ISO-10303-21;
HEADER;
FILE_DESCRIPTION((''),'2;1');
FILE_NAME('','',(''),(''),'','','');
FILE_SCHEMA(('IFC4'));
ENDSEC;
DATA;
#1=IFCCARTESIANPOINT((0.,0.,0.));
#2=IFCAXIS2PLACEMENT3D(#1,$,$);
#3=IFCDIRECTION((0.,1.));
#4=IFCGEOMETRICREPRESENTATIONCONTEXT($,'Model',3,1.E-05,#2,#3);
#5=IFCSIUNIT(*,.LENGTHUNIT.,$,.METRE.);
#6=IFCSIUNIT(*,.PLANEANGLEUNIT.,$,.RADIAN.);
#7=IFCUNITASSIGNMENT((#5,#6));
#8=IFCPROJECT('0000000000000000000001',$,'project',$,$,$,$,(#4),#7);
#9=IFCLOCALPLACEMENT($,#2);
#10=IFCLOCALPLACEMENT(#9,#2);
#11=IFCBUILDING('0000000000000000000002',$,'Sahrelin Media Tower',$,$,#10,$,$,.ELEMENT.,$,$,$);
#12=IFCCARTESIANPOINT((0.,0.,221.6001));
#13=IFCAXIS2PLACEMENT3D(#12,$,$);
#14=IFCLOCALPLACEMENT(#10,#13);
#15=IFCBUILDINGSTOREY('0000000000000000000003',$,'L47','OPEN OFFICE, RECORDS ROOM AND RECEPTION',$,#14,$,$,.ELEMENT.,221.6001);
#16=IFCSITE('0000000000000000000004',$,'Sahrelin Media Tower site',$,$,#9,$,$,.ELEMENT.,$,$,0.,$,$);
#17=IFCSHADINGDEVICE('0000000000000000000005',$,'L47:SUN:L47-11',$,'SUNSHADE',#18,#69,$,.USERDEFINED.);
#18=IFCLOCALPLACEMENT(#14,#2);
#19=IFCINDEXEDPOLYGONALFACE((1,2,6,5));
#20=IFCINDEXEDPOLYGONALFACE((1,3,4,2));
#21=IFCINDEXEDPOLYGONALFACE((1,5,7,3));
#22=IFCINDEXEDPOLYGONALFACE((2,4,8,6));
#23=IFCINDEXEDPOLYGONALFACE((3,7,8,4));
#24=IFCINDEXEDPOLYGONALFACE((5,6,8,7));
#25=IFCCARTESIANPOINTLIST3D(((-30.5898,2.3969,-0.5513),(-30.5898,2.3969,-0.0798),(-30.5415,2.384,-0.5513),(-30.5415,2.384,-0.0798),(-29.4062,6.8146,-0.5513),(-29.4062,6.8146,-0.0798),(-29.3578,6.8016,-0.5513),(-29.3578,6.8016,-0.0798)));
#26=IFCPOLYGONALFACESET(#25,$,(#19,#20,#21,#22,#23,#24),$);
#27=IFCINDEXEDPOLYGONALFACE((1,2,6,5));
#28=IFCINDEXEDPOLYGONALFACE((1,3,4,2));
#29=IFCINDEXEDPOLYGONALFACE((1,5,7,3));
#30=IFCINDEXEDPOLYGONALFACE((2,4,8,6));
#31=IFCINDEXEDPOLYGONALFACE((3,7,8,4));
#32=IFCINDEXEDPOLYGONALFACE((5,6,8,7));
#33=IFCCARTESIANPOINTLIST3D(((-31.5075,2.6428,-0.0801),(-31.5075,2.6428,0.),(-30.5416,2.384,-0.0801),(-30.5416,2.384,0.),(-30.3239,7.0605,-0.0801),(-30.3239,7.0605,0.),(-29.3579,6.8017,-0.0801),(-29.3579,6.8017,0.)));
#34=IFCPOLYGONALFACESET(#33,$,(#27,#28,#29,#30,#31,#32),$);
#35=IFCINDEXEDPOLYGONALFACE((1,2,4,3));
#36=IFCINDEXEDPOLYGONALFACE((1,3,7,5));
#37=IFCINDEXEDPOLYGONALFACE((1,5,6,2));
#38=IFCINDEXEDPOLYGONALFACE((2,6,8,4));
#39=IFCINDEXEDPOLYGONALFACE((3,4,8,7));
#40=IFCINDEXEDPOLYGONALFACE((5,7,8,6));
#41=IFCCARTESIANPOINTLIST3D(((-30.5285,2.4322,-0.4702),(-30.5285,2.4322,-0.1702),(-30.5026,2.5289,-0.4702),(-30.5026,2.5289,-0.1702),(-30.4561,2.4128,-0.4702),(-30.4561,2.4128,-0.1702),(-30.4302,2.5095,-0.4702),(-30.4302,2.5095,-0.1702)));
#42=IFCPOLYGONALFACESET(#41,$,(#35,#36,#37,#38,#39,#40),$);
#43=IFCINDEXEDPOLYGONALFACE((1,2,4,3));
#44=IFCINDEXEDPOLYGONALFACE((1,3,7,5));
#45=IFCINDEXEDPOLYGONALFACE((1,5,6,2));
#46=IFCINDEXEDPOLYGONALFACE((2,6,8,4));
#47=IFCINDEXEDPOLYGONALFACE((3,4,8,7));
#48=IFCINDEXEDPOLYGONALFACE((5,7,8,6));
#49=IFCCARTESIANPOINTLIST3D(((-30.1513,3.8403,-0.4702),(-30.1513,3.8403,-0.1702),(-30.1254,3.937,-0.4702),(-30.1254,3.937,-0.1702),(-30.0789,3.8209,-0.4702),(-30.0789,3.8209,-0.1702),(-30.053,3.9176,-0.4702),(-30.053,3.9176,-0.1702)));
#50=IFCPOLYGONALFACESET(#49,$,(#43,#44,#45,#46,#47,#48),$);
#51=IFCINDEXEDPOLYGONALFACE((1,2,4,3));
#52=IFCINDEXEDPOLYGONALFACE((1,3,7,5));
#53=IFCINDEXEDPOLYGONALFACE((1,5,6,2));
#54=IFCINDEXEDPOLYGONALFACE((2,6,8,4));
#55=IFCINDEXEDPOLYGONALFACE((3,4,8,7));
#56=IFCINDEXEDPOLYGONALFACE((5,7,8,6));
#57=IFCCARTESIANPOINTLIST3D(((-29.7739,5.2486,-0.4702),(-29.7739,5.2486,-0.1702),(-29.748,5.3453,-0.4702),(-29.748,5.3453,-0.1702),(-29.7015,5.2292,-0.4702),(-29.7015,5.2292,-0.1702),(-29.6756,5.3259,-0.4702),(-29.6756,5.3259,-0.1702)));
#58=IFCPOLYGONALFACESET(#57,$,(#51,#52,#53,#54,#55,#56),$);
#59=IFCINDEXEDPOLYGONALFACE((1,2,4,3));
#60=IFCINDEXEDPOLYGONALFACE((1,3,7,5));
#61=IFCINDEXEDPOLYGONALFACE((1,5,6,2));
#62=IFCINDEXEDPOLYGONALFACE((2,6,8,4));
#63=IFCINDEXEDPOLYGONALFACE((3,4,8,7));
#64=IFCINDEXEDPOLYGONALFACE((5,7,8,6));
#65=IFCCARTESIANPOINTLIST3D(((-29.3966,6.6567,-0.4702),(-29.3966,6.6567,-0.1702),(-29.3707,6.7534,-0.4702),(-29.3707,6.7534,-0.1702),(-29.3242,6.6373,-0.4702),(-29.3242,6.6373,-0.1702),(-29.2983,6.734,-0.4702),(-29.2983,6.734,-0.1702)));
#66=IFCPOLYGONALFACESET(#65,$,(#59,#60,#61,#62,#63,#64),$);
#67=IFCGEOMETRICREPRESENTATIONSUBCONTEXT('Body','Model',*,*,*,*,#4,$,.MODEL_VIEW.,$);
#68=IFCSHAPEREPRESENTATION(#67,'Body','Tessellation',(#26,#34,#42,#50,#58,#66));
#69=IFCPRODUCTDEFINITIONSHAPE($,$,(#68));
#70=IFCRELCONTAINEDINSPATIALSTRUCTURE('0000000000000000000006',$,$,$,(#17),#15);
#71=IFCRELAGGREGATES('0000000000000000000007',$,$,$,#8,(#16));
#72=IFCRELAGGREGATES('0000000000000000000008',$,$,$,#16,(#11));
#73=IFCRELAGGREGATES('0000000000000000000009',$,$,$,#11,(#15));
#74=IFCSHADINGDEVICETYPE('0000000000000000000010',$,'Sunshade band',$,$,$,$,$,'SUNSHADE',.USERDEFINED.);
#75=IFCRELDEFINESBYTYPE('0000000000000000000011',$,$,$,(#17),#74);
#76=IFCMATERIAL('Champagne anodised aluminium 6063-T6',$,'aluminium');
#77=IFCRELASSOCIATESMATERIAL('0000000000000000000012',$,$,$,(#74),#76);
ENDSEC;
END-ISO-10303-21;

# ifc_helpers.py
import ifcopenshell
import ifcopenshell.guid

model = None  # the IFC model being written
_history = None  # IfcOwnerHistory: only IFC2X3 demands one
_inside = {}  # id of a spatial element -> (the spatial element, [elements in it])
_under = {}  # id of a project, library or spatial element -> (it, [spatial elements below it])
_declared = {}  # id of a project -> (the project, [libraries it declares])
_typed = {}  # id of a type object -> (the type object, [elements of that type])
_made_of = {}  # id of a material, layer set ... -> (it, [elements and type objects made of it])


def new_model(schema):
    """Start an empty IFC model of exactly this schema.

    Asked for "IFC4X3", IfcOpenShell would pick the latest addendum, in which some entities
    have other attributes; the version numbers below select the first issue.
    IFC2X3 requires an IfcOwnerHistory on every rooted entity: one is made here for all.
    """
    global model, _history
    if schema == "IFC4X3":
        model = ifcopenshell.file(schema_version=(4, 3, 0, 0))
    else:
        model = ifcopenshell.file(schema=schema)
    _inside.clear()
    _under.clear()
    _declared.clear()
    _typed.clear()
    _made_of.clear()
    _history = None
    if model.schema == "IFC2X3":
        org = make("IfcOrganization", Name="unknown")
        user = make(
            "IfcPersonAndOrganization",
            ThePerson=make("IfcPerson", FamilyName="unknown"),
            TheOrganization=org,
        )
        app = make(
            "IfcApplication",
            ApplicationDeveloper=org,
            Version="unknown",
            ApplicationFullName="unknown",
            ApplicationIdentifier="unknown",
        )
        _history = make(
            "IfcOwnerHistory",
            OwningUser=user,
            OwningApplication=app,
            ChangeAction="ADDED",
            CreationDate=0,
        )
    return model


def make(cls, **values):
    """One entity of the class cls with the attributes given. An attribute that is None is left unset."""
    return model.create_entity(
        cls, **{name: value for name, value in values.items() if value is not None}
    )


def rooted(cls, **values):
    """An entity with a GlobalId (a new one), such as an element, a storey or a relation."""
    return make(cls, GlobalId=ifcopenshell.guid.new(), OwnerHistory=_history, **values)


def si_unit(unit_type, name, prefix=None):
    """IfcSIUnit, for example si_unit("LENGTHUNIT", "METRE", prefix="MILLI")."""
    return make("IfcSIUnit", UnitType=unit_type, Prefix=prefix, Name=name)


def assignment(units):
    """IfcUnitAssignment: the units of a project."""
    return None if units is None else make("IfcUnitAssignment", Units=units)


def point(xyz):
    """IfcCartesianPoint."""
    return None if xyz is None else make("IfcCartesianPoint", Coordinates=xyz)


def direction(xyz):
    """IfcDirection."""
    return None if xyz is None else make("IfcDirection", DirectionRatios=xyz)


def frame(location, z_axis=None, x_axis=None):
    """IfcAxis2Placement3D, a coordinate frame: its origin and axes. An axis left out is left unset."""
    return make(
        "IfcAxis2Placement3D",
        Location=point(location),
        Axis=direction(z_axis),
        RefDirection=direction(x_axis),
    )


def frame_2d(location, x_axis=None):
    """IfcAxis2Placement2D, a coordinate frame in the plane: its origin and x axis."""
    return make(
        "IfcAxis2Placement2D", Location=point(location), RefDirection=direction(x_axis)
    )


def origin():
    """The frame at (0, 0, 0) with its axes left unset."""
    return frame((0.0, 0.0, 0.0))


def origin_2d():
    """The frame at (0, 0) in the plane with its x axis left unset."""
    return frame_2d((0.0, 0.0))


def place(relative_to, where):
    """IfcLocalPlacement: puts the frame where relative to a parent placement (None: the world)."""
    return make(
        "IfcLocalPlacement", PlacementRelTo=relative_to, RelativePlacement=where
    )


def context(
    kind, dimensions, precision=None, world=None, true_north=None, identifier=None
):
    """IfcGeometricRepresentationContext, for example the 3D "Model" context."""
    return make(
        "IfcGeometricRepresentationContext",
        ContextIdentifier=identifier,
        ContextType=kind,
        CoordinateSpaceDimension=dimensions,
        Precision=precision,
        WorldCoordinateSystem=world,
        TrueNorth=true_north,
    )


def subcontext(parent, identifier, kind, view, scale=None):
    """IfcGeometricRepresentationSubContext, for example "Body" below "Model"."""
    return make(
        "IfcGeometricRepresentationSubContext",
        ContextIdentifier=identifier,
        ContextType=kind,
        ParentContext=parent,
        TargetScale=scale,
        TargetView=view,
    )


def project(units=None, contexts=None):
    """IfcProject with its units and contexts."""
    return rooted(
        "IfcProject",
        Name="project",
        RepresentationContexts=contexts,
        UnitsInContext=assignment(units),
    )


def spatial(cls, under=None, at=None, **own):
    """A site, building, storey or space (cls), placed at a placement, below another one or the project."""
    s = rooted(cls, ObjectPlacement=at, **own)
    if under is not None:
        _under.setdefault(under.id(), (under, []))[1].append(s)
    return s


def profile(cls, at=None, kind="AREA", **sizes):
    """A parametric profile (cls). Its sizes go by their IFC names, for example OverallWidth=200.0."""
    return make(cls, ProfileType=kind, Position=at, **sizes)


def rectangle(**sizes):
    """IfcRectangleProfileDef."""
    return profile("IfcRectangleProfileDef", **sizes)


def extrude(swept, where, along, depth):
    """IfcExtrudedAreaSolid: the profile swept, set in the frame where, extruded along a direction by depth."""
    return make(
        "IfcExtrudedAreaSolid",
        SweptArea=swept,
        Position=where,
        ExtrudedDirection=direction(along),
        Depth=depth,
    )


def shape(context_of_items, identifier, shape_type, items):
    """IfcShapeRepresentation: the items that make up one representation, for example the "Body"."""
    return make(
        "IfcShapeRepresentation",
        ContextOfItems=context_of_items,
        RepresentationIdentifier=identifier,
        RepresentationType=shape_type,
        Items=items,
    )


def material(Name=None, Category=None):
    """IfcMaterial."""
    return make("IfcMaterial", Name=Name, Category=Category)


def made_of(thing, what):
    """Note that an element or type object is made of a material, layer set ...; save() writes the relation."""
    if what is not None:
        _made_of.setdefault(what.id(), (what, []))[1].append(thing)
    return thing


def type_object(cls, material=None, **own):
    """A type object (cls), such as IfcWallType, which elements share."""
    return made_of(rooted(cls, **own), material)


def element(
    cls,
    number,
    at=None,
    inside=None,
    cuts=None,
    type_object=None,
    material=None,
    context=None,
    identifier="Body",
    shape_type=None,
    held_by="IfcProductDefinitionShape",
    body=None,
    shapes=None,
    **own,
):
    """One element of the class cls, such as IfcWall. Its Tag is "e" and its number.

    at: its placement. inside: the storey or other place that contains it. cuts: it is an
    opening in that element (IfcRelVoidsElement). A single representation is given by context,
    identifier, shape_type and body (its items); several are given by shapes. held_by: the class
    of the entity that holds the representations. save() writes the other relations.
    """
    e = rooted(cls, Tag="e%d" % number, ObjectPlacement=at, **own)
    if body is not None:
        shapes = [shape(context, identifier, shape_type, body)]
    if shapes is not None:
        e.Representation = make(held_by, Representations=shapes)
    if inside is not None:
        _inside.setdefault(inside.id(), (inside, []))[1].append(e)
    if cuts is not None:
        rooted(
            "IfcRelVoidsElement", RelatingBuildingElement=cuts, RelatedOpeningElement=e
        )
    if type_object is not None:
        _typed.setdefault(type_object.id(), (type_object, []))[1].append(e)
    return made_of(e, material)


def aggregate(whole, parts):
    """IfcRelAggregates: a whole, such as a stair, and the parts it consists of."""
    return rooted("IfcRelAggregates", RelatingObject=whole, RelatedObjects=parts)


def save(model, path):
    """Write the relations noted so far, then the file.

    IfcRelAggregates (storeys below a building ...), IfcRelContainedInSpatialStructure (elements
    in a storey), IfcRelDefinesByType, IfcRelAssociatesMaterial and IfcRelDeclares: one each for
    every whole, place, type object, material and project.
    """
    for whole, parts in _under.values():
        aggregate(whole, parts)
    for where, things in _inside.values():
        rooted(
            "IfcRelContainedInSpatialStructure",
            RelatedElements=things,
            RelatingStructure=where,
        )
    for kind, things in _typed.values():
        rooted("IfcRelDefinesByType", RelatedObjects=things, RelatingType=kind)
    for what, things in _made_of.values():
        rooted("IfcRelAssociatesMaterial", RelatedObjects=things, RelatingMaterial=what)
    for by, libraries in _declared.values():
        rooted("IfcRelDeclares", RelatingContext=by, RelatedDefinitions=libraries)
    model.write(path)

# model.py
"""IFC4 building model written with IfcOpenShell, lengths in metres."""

from ifc_helpers import new_model, si_unit, direction, frame, origin, origin_2d, place, context, subcontext, project, spatial, rectangle, extrude, material, type_object, element, save


model = new_model("IFC4")

# Units and contexts
model_context = context("Model", 3, precision=1e-05, world=origin(), true_north=direction((0.0, 1.0)))
body_context = subcontext(model_context, "Body", "Model", "MODEL_VIEW")
ifc_project = project(units=[si_unit("LENGTHUNIT", "METRE"), si_unit("PLANEANGLEUNIT", "RADIAN")], contexts=[model_context])

# Site, building, storey
site_placement = place(None, origin())
site = spatial("IfcSite", under=ifc_project, at=site_placement, Name="Sahrelin Media Tower site", CompositionType="ELEMENT", RefElevation=0.0)
building_placement = place(site_placement, origin())
building = spatial("IfcBuilding", under=site, at=building_placement, Name="Sahrelin Media Tower", CompositionType="ELEMENT")
storey_placement = place(building_placement, frame((0.0, 0.0, 221.6001)))
storey = spatial("IfcBuildingStorey", under=building, at=storey_placement, Name="L47", Description="OPEN OFFICE, RECORDS ROOM AND RECEPTION", CompositionType="ELEMENT", Elevation=221.6001)

# Shared definitions
ifc_material_1 = material(Name="Champagne anodised aluminium 6063-T6", Category="aluminium")

# Shared definitions
placement_1 = place(storey_placement, frame((-29.9304, 4.5876, 0.0), z_axis=(0.0, 0.0, 1.0), x_axis=(0.258808, 0.965929, 0.0)))

# Shading device
shading_device_type_1 = type_object("IfcShadingDeviceType", Name="Sunshade band", ElementType="SUNSHADE", PredefinedType="USERDEFINED", material=ifc_material_1)
element("IfcShadingDevice", 1, at=placement_1, inside=storey, type_object=shading_device_type_1, Name="L47:SUN:L47-11", ObjectType="SUNSHADE", PredefinedType="USERDEFINED", context=body_context, shape_type="SweptSolid", body=[
    extrude(rectangle(XDim=4.5735, YDim=0.05, at=origin_2d()), frame((0.0, 0.0449, -0.5513)), (0.0, 0.0, 1.0), 0.4714),
    extrude(rectangle(XDim=4.5735, YDim=1.0, at=origin_2d()), frame((0.0, 0.52, -0.0801)), (0.0, 0.0, 1.0), 0.0801),
    extrude(rectangle(XDim=0.1001, YDim=0.075, at=origin_2d()), frame((-2.1868, -0.0176, -0.4702)), (0.0, 0.0, 1.0), 0.3),
    extrude(rectangle(XDim=0.1001, YDim=0.075, at=origin_2d()), frame((-0.729, -0.0176, -0.4702)), (0.0, 0.0, 1.0), 0.3),
    extrude(rectangle(XDim=0.1001, YDim=0.075, at=origin_2d()), frame((0.729, -0.0176, -0.4702)), (0.0, 0.0, 1.0), 0.3),
    extrude(rectangle(XDim=0.1001, YDim=0.075, at=origin_2d()), frame((2.1868, -0.0176, -0.4702)), (0.0, 0.0, 1.0), 0.3),
])

save(model, "model.ifc")
